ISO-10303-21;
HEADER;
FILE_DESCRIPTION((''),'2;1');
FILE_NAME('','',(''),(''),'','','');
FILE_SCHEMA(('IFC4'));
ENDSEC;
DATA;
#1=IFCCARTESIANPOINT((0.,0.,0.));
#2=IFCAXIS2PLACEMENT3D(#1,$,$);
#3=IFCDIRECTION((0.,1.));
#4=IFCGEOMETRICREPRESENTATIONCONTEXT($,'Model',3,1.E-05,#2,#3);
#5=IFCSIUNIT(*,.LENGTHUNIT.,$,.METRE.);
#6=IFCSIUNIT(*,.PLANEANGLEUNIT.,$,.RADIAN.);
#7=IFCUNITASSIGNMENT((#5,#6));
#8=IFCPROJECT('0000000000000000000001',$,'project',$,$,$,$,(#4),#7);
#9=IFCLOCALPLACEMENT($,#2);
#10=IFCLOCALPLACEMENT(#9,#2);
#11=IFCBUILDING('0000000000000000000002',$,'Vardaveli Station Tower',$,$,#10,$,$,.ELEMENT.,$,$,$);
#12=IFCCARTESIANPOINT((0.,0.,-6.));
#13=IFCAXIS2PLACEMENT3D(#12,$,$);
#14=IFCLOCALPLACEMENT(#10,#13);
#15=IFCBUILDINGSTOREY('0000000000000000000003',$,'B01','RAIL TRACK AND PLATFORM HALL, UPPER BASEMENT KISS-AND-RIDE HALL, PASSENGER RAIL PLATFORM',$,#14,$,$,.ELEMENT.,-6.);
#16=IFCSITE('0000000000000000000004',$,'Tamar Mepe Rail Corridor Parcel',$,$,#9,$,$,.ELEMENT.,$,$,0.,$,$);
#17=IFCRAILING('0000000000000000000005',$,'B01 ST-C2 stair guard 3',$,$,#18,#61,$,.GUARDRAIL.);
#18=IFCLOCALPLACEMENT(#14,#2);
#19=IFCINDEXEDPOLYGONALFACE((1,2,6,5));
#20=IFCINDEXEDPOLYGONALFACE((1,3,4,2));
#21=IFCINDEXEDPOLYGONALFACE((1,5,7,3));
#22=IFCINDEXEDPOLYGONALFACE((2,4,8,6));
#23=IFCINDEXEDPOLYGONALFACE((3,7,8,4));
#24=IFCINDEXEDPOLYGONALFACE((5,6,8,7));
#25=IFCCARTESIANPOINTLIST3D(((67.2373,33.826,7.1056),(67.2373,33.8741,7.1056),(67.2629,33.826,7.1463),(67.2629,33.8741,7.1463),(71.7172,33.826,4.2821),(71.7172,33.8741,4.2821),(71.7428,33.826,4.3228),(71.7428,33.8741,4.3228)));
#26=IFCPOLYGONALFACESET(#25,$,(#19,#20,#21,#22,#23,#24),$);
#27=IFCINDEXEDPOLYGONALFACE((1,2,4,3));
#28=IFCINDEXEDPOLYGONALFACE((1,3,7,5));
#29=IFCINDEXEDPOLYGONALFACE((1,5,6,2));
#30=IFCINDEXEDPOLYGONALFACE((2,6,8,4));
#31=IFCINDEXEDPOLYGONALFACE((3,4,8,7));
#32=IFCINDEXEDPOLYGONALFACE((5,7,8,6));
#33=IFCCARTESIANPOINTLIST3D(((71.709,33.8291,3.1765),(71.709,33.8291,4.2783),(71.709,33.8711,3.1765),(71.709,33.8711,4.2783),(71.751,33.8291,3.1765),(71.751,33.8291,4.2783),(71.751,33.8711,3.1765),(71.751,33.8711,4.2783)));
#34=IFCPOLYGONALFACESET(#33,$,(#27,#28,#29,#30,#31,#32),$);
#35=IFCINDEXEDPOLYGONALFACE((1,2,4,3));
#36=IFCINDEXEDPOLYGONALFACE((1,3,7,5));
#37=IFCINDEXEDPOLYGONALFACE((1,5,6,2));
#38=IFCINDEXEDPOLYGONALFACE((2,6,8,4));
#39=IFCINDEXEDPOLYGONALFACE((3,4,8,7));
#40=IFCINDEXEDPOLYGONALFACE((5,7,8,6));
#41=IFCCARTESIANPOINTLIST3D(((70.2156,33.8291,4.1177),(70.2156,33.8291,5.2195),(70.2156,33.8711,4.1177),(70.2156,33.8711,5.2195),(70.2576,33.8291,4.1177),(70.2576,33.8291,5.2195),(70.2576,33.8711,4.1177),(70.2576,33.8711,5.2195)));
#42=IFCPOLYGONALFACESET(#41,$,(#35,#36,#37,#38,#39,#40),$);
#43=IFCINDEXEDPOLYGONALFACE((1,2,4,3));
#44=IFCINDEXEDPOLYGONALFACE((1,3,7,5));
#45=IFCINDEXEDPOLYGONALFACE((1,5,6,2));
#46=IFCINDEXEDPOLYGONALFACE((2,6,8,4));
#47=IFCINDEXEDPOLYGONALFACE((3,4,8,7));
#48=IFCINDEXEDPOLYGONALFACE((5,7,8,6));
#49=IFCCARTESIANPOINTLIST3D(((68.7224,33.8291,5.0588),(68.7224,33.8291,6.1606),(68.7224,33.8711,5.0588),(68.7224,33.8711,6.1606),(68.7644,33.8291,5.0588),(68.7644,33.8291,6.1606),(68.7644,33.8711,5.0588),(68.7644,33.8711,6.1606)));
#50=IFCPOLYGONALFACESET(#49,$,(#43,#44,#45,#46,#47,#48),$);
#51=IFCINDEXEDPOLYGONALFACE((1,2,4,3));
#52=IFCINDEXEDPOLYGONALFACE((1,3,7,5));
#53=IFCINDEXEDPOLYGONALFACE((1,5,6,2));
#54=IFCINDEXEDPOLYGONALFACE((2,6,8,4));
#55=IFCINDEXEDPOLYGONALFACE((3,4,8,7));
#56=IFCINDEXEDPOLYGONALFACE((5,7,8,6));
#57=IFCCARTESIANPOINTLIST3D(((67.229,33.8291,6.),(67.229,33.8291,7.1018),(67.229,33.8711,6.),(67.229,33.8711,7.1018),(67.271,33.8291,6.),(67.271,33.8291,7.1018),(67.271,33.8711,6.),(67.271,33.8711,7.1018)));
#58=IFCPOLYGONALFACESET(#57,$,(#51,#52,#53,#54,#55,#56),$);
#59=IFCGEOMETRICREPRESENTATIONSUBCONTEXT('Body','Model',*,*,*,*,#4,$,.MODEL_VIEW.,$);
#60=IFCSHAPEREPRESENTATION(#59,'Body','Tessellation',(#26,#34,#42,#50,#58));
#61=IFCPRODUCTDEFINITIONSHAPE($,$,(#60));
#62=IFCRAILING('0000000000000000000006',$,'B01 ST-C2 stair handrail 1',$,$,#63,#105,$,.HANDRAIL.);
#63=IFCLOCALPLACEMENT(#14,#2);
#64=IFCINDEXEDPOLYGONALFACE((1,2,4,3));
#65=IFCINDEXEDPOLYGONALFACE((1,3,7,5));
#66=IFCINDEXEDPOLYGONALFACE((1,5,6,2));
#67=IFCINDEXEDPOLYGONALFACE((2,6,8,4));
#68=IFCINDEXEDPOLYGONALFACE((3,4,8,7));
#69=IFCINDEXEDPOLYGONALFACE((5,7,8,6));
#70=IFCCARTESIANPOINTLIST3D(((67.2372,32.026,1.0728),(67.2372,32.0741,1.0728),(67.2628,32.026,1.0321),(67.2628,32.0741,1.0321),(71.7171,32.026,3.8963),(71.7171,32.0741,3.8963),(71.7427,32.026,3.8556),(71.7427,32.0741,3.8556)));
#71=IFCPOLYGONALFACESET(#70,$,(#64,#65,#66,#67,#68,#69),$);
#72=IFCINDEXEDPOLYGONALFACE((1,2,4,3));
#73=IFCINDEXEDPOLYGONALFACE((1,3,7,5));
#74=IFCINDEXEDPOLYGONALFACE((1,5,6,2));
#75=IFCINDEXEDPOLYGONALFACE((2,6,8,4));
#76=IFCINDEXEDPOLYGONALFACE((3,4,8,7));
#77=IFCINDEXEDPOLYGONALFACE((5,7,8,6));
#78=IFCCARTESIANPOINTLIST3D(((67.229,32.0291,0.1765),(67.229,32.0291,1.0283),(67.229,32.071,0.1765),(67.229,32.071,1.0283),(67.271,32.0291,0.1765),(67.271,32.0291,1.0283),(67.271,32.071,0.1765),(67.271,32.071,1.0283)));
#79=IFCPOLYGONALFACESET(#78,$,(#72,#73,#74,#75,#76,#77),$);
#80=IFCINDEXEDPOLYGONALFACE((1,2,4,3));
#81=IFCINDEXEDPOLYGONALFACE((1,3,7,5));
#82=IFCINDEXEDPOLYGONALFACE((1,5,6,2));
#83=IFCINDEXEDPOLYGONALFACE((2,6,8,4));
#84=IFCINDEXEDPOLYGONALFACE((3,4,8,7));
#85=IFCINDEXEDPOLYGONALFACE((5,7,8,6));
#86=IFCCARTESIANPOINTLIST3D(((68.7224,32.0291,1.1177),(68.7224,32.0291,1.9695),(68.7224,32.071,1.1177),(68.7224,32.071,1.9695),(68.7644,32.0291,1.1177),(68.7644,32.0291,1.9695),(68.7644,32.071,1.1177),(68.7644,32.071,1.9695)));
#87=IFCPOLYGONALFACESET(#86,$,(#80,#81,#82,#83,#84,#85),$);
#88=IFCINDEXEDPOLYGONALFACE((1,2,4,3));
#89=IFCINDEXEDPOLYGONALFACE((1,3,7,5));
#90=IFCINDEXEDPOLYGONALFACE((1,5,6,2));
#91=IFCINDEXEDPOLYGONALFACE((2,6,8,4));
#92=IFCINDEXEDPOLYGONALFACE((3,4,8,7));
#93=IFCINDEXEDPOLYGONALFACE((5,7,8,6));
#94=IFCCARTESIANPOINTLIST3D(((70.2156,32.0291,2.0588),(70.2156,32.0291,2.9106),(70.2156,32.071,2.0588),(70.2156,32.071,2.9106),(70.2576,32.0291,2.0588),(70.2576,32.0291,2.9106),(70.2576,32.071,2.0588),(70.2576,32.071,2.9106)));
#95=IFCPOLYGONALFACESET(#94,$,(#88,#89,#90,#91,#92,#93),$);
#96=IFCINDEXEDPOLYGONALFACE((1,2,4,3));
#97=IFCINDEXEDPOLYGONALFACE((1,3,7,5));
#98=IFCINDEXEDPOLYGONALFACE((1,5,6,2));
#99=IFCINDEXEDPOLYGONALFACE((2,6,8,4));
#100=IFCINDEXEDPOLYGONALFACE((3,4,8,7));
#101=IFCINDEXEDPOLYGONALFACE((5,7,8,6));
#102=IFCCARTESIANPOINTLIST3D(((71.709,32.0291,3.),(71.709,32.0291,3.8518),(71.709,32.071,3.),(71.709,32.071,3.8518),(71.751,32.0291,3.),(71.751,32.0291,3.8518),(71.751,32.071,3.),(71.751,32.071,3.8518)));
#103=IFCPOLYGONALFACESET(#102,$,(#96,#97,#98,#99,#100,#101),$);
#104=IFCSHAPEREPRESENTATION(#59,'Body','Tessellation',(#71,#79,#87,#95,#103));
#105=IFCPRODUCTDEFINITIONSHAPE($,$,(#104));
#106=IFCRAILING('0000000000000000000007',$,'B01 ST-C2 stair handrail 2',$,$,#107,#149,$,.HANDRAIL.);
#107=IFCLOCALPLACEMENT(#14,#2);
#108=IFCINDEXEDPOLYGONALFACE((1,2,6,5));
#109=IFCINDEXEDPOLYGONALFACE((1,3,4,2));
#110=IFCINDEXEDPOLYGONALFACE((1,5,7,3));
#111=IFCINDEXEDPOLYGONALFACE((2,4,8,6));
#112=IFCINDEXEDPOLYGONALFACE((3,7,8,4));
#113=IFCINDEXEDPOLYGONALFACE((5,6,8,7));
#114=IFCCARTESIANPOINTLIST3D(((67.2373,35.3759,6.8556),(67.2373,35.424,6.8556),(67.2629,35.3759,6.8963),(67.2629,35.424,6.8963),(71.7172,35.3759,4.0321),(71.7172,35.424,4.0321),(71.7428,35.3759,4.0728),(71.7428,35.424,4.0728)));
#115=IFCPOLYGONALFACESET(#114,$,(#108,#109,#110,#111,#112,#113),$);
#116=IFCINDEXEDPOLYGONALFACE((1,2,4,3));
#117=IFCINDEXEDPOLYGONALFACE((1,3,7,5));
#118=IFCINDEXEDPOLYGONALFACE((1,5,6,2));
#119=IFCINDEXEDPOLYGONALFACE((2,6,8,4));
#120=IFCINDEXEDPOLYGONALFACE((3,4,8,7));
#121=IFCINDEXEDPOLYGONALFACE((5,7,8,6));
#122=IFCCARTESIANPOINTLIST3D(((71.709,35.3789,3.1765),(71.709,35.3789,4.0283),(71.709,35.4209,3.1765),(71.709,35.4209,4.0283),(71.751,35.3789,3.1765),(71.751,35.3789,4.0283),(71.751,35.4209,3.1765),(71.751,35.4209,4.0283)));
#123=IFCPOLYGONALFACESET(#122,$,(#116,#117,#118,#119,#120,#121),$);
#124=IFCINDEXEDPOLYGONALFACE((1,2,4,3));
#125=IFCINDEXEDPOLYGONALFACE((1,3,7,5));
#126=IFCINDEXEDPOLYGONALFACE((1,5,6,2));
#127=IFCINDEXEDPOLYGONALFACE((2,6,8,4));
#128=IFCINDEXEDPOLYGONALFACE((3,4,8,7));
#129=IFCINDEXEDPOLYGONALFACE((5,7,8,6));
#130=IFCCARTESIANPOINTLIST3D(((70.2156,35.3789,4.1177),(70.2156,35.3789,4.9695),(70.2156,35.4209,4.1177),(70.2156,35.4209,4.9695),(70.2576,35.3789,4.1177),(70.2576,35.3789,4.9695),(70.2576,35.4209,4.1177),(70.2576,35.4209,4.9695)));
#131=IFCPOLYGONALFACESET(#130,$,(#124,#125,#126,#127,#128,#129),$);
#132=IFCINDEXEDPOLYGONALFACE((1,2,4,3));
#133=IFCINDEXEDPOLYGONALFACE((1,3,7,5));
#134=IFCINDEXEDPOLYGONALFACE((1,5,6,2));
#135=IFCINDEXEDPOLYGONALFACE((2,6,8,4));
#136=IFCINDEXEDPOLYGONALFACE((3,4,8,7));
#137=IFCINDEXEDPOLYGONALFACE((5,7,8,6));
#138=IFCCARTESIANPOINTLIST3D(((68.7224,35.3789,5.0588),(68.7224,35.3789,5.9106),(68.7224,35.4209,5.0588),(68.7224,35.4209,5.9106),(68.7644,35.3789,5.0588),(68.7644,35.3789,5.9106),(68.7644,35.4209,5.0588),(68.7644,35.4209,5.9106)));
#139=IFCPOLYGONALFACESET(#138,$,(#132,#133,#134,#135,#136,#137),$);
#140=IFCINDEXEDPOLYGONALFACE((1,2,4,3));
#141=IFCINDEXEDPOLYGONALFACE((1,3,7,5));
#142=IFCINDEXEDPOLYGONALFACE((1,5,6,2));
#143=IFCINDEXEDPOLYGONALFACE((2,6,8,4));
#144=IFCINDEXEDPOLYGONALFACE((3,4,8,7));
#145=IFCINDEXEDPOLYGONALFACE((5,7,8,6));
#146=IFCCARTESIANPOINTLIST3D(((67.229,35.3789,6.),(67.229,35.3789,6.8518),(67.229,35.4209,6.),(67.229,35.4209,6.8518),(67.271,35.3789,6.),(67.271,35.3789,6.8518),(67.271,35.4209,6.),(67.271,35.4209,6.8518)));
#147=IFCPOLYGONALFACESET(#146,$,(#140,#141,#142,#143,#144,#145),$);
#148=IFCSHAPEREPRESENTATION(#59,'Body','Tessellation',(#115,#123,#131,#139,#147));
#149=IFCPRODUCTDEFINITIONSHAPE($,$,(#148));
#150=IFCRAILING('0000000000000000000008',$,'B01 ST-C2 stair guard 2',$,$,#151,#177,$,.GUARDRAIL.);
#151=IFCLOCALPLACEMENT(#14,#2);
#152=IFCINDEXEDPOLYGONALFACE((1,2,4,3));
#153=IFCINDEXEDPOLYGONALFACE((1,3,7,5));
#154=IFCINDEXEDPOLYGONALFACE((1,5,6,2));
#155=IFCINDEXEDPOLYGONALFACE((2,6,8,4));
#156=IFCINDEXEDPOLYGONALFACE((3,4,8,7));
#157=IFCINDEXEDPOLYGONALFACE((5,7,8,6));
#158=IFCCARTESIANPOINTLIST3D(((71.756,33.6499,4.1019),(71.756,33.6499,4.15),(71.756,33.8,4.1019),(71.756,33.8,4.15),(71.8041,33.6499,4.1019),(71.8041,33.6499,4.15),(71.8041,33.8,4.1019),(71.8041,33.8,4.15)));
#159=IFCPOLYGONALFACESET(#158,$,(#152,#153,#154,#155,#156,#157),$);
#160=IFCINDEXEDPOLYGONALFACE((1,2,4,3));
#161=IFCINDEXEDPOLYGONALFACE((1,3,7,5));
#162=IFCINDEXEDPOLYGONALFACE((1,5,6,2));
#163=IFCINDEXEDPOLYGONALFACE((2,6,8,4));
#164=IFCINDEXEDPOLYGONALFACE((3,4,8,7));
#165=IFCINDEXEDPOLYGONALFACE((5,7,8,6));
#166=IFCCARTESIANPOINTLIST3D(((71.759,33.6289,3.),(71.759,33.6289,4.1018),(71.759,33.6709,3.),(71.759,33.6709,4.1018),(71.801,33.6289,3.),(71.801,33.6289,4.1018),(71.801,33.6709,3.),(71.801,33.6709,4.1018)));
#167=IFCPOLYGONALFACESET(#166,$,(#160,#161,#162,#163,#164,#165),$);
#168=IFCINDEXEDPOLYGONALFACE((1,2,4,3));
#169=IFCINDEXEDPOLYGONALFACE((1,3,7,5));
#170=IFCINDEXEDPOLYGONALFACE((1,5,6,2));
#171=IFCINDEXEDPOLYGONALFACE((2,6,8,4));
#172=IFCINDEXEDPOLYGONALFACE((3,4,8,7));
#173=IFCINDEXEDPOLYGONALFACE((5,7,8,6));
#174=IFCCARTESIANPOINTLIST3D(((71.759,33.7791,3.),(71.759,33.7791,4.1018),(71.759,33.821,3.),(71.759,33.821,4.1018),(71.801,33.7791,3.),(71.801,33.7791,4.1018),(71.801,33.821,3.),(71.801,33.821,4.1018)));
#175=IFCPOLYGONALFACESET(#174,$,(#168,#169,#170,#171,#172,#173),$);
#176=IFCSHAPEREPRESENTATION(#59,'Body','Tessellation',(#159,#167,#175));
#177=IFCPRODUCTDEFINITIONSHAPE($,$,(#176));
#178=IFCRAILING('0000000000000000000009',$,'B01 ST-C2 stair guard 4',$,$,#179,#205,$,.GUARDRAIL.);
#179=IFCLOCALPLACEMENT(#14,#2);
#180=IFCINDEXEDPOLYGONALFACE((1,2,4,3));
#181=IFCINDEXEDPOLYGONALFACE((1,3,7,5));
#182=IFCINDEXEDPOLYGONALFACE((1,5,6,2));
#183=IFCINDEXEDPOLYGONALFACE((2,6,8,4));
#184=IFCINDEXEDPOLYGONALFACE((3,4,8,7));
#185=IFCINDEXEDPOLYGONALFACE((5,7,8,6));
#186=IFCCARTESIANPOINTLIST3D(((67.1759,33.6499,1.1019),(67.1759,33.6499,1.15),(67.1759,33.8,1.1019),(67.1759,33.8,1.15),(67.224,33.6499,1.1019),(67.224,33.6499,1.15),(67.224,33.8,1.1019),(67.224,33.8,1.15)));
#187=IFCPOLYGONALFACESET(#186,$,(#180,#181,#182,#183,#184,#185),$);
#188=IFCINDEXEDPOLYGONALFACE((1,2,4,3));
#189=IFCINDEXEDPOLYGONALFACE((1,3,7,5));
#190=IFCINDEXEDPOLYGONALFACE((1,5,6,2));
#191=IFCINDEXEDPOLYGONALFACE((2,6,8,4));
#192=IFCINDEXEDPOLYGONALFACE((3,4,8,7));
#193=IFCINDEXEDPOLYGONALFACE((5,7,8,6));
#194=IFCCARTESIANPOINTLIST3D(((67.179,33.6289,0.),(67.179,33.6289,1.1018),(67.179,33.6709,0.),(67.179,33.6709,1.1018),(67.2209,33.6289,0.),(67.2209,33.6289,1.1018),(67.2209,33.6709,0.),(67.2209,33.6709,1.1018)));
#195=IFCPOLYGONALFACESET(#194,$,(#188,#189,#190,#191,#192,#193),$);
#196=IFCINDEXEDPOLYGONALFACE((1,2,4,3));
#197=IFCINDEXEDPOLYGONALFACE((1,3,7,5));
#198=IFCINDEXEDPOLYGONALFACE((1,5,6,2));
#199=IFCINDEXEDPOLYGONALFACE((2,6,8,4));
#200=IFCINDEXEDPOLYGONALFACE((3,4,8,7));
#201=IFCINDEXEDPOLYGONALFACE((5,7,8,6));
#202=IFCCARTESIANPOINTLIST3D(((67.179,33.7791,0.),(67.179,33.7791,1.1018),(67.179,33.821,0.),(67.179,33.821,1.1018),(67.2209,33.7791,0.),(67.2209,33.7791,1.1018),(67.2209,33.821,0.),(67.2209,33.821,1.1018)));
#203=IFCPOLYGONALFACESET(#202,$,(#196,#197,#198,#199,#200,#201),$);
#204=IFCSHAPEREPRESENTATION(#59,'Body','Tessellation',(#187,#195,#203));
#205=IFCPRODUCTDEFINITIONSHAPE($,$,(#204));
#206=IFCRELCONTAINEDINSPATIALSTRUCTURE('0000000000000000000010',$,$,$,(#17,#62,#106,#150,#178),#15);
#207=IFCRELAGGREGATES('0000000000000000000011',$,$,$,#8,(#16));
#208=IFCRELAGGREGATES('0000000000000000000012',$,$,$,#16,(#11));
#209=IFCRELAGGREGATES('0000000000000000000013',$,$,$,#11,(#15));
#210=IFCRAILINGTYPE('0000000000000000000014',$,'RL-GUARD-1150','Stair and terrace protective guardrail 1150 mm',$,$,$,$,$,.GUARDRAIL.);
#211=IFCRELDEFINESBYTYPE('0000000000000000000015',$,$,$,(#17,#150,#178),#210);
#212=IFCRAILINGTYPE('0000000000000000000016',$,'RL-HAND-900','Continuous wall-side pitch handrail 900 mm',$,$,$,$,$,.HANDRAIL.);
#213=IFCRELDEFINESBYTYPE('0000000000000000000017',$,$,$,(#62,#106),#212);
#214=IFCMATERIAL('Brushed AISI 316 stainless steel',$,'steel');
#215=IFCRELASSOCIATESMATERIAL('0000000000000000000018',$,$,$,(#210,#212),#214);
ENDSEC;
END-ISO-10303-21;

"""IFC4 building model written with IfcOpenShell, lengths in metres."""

from ifc_helpers import new_model, si_unit, direction, frame, origin, origin_2d, place, context, subcontext, project, spatial, rectangle, extrude, source, transform, mapped, material, type_object, element, save


model = new_model("IFC4")

# Units and contexts
model_context = context("Model", 3, precision=1e-05, world=origin(), true_north=direction((0.0, 1.0)))
body_context = subcontext(model_context, "Body", "Model", "MODEL_VIEW")
ifc_project = project(units=[si_unit("LENGTHUNIT", "METRE"), si_unit("PLANEANGLEUNIT", "RADIAN")], contexts=[model_context])

# Site, building, storey
site_placement = place(None, origin())
site = spatial("IfcSite", under=ifc_project, at=site_placement, Name="Tamar Mepe Rail Corridor Parcel", CompositionType="ELEMENT", RefElevation=0.0)
building_placement = place(site_placement, origin())
building = spatial("IfcBuilding", under=site, at=building_placement, Name="Vardaveli Station Tower", CompositionType="ELEMENT")
storey_placement = place(building_placement, frame((0.0, 0.0, -6.0)))
storey = spatial("IfcBuildingStorey", under=building, at=storey_placement, Name="B01", Description="RAIL TRACK AND PLATFORM HALL, UPPER BASEMENT KISS-AND-RIDE HALL, PASSENGER RAIL PLATFORM", CompositionType="ELEMENT", Elevation=-6.0)

# Railings
ifc_material_1 = material(Name="Brushed AISI 316 stainless steel", Category="steel")
railing_type_1 = type_object("IfcRailingType", Name="RL-GUARD-1150", Description="Stair and terrace protective guardrail 1150 mm", PredefinedType="GUARDRAIL", material=ifc_material_1)
shared_shape_1 = source(origin(), body_context, "Body", "SweptSolid", [
    extrude(rectangle(XDim=0.0481, YDim=0.0481, at=origin_2d()), frame((0.0, 0.0, 1.126), z_axis=(-0.845998, 0.0, 0.533186), x_axis=(0.0, -1.0, 0.0)), (0.0, 0.0, 1.0), 5.2954),
    extrude(rectangle(XDim=0.042, YDim=0.042, at=origin_2d()), origin(), (0.0, 0.0, 1.0), 1.1018),
    extrude(rectangle(XDim=0.042, YDim=0.042, at=origin_2d()), frame((-1.4934, 0.0, 0.9412)), (0.0, 0.0, 1.0), 1.1018),
    extrude(rectangle(XDim=0.042, YDim=0.042, at=origin_2d()), frame((-2.9866, 0.0, 1.8823)), (0.0, 0.0, 1.0), 1.1018),
    extrude(rectangle(XDim=0.042, YDim=0.042, at=origin_2d()), frame((-4.48, 0.0, 2.8235)), (0.0, 0.0, 1.0), 1.1018),
])
railing_1_placement = place(storey_placement, frame((71.73, 33.8501, 3.1765)))
element("IfcRailing", 1, at=railing_1_placement, inside=storey, type_object=railing_type_1, Name="B01 ST-C2 stair guard 3", PredefinedType="GUARDRAIL", context=body_context, shape_type="MappedRepresentation", body=[
    mapped(shared_shape_1, transform((0.0, 0.0, 0.0), scale=1.0)),
])
railing_type_2 = type_object("IfcRailingType", Name="RL-HAND-900", Description="Continuous wall-side pitch handrail 900 mm", PredefinedType="HANDRAIL", material=ifc_material_1)
shared_shape_2 = source(origin(), body_context, "Body", "SweptSolid", [
    extrude(rectangle(XDim=0.0481, YDim=0.0481, at=origin_2d()), frame((0.0, 0.0, 0.876), z_axis=(0.845998, 0.0, 0.533186), x_axis=(0.0, 1.0, 0.0)), (0.0, 0.0, 1.0), 5.2954),
    extrude(rectangle(XDim=0.042, YDim=0.042, at=origin_2d()), origin(), (0.0, 0.0, 1.0), 0.8518),
    extrude(rectangle(XDim=0.042, YDim=0.042, at=origin_2d()), frame((1.4934, 0.0, 0.9412)), (0.0, 0.0, 1.0), 0.8518),
    extrude(rectangle(XDim=0.042, YDim=0.042, at=origin_2d()), frame((2.9866, 0.0, 1.8823)), (0.0, 0.0, 1.0), 0.8518),
    extrude(rectangle(XDim=0.042, YDim=0.042, at=origin_2d()), frame((4.48, 0.0, 2.8235)), (0.0, 0.0, 1.0), 0.8518),
])
railing_2_placement = place(storey_placement, frame((67.25, 32.05, 0.1765)))
element("IfcRailing", 2, at=railing_2_placement, inside=storey, type_object=railing_type_2, Name="B01 ST-C2 stair handrail 1", PredefinedType="HANDRAIL", context=body_context, shape_type="MappedRepresentation", body=[
    mapped(shared_shape_2, transform((0.0, 0.0, 0.0), scale=1.0)),
])
shared_shape_3 = source(origin(), body_context, "Body", "SweptSolid", [
    extrude(rectangle(XDim=0.0481, YDim=0.0481, at=origin_2d()), frame((0.0, 0.0, 0.876), z_axis=(-0.845998, 0.0, 0.533186), x_axis=(0.0, -1.0, 0.0)), (0.0, 0.0, 1.0), 5.2954),
    extrude(rectangle(XDim=0.042, YDim=0.042, at=origin_2d()), origin(), (0.0, 0.0, 1.0), 0.8518),
    extrude(rectangle(XDim=0.042, YDim=0.042, at=origin_2d()), frame((-1.4934, 0.0, 0.9412)), (0.0, 0.0, 1.0), 0.8518),
    extrude(rectangle(XDim=0.042, YDim=0.042, at=origin_2d()), frame((-2.9866, 0.0, 1.8823)), (0.0, 0.0, 1.0), 0.8518),
    extrude(rectangle(XDim=0.042, YDim=0.042, at=origin_2d()), frame((-4.48, 0.0, 2.8235)), (0.0, 0.0, 1.0), 0.8518),
])
railing_3_placement = place(storey_placement, frame((71.73, 35.3999, 3.1765)))
element("IfcRailing", 3, at=railing_3_placement, inside=storey, type_object=railing_type_2, Name="B01 ST-C2 stair handrail 2", PredefinedType="HANDRAIL", context=body_context, shape_type="MappedRepresentation", body=[
    mapped(shared_shape_3, transform((0.0, 0.0, 0.0), scale=1.0)),
])
shared_shape_4 = source(origin(), body_context, "Body", "SweptSolid", [
    extrude(rectangle(XDim=0.0481, YDim=0.0481, at=origin_2d()), frame((0.0, 0.0, 1.126), z_axis=(0.0, 1.0, 0.0), x_axis=(-1.0, 0.0, 0.0)), (0.0, 0.0, 1.0), 0.1501),
    extrude(rectangle(XDim=0.042, YDim=0.042, at=origin_2d()), origin(), (0.0, 0.0, 1.0), 1.1018),
    extrude(rectangle(XDim=0.042, YDim=0.042, at=origin_2d()), frame((0.0, 0.1501, 0.0)), (0.0, 0.0, 1.0), 1.1018),
])
for number, where, name in (
    (4, (71.78, 33.6499, 3.0), "B01 ST-C2 stair guard 2"),
    (5, (67.2, 33.6499, 0.0), "B01 ST-C2 stair guard 4"),
):
    element("IfcRailing", number, at=place(storey_placement, frame(where)), inside=storey, type_object=railing_type_1, Name=name, PredefinedType="GUARDRAIL", context=body_context, shape_type="MappedRepresentation", body=[
        mapped(shared_shape_4, transform((0.0, 0.0, 0.0), scale=1.0)),
    ])

save(model, "model.ifc")
